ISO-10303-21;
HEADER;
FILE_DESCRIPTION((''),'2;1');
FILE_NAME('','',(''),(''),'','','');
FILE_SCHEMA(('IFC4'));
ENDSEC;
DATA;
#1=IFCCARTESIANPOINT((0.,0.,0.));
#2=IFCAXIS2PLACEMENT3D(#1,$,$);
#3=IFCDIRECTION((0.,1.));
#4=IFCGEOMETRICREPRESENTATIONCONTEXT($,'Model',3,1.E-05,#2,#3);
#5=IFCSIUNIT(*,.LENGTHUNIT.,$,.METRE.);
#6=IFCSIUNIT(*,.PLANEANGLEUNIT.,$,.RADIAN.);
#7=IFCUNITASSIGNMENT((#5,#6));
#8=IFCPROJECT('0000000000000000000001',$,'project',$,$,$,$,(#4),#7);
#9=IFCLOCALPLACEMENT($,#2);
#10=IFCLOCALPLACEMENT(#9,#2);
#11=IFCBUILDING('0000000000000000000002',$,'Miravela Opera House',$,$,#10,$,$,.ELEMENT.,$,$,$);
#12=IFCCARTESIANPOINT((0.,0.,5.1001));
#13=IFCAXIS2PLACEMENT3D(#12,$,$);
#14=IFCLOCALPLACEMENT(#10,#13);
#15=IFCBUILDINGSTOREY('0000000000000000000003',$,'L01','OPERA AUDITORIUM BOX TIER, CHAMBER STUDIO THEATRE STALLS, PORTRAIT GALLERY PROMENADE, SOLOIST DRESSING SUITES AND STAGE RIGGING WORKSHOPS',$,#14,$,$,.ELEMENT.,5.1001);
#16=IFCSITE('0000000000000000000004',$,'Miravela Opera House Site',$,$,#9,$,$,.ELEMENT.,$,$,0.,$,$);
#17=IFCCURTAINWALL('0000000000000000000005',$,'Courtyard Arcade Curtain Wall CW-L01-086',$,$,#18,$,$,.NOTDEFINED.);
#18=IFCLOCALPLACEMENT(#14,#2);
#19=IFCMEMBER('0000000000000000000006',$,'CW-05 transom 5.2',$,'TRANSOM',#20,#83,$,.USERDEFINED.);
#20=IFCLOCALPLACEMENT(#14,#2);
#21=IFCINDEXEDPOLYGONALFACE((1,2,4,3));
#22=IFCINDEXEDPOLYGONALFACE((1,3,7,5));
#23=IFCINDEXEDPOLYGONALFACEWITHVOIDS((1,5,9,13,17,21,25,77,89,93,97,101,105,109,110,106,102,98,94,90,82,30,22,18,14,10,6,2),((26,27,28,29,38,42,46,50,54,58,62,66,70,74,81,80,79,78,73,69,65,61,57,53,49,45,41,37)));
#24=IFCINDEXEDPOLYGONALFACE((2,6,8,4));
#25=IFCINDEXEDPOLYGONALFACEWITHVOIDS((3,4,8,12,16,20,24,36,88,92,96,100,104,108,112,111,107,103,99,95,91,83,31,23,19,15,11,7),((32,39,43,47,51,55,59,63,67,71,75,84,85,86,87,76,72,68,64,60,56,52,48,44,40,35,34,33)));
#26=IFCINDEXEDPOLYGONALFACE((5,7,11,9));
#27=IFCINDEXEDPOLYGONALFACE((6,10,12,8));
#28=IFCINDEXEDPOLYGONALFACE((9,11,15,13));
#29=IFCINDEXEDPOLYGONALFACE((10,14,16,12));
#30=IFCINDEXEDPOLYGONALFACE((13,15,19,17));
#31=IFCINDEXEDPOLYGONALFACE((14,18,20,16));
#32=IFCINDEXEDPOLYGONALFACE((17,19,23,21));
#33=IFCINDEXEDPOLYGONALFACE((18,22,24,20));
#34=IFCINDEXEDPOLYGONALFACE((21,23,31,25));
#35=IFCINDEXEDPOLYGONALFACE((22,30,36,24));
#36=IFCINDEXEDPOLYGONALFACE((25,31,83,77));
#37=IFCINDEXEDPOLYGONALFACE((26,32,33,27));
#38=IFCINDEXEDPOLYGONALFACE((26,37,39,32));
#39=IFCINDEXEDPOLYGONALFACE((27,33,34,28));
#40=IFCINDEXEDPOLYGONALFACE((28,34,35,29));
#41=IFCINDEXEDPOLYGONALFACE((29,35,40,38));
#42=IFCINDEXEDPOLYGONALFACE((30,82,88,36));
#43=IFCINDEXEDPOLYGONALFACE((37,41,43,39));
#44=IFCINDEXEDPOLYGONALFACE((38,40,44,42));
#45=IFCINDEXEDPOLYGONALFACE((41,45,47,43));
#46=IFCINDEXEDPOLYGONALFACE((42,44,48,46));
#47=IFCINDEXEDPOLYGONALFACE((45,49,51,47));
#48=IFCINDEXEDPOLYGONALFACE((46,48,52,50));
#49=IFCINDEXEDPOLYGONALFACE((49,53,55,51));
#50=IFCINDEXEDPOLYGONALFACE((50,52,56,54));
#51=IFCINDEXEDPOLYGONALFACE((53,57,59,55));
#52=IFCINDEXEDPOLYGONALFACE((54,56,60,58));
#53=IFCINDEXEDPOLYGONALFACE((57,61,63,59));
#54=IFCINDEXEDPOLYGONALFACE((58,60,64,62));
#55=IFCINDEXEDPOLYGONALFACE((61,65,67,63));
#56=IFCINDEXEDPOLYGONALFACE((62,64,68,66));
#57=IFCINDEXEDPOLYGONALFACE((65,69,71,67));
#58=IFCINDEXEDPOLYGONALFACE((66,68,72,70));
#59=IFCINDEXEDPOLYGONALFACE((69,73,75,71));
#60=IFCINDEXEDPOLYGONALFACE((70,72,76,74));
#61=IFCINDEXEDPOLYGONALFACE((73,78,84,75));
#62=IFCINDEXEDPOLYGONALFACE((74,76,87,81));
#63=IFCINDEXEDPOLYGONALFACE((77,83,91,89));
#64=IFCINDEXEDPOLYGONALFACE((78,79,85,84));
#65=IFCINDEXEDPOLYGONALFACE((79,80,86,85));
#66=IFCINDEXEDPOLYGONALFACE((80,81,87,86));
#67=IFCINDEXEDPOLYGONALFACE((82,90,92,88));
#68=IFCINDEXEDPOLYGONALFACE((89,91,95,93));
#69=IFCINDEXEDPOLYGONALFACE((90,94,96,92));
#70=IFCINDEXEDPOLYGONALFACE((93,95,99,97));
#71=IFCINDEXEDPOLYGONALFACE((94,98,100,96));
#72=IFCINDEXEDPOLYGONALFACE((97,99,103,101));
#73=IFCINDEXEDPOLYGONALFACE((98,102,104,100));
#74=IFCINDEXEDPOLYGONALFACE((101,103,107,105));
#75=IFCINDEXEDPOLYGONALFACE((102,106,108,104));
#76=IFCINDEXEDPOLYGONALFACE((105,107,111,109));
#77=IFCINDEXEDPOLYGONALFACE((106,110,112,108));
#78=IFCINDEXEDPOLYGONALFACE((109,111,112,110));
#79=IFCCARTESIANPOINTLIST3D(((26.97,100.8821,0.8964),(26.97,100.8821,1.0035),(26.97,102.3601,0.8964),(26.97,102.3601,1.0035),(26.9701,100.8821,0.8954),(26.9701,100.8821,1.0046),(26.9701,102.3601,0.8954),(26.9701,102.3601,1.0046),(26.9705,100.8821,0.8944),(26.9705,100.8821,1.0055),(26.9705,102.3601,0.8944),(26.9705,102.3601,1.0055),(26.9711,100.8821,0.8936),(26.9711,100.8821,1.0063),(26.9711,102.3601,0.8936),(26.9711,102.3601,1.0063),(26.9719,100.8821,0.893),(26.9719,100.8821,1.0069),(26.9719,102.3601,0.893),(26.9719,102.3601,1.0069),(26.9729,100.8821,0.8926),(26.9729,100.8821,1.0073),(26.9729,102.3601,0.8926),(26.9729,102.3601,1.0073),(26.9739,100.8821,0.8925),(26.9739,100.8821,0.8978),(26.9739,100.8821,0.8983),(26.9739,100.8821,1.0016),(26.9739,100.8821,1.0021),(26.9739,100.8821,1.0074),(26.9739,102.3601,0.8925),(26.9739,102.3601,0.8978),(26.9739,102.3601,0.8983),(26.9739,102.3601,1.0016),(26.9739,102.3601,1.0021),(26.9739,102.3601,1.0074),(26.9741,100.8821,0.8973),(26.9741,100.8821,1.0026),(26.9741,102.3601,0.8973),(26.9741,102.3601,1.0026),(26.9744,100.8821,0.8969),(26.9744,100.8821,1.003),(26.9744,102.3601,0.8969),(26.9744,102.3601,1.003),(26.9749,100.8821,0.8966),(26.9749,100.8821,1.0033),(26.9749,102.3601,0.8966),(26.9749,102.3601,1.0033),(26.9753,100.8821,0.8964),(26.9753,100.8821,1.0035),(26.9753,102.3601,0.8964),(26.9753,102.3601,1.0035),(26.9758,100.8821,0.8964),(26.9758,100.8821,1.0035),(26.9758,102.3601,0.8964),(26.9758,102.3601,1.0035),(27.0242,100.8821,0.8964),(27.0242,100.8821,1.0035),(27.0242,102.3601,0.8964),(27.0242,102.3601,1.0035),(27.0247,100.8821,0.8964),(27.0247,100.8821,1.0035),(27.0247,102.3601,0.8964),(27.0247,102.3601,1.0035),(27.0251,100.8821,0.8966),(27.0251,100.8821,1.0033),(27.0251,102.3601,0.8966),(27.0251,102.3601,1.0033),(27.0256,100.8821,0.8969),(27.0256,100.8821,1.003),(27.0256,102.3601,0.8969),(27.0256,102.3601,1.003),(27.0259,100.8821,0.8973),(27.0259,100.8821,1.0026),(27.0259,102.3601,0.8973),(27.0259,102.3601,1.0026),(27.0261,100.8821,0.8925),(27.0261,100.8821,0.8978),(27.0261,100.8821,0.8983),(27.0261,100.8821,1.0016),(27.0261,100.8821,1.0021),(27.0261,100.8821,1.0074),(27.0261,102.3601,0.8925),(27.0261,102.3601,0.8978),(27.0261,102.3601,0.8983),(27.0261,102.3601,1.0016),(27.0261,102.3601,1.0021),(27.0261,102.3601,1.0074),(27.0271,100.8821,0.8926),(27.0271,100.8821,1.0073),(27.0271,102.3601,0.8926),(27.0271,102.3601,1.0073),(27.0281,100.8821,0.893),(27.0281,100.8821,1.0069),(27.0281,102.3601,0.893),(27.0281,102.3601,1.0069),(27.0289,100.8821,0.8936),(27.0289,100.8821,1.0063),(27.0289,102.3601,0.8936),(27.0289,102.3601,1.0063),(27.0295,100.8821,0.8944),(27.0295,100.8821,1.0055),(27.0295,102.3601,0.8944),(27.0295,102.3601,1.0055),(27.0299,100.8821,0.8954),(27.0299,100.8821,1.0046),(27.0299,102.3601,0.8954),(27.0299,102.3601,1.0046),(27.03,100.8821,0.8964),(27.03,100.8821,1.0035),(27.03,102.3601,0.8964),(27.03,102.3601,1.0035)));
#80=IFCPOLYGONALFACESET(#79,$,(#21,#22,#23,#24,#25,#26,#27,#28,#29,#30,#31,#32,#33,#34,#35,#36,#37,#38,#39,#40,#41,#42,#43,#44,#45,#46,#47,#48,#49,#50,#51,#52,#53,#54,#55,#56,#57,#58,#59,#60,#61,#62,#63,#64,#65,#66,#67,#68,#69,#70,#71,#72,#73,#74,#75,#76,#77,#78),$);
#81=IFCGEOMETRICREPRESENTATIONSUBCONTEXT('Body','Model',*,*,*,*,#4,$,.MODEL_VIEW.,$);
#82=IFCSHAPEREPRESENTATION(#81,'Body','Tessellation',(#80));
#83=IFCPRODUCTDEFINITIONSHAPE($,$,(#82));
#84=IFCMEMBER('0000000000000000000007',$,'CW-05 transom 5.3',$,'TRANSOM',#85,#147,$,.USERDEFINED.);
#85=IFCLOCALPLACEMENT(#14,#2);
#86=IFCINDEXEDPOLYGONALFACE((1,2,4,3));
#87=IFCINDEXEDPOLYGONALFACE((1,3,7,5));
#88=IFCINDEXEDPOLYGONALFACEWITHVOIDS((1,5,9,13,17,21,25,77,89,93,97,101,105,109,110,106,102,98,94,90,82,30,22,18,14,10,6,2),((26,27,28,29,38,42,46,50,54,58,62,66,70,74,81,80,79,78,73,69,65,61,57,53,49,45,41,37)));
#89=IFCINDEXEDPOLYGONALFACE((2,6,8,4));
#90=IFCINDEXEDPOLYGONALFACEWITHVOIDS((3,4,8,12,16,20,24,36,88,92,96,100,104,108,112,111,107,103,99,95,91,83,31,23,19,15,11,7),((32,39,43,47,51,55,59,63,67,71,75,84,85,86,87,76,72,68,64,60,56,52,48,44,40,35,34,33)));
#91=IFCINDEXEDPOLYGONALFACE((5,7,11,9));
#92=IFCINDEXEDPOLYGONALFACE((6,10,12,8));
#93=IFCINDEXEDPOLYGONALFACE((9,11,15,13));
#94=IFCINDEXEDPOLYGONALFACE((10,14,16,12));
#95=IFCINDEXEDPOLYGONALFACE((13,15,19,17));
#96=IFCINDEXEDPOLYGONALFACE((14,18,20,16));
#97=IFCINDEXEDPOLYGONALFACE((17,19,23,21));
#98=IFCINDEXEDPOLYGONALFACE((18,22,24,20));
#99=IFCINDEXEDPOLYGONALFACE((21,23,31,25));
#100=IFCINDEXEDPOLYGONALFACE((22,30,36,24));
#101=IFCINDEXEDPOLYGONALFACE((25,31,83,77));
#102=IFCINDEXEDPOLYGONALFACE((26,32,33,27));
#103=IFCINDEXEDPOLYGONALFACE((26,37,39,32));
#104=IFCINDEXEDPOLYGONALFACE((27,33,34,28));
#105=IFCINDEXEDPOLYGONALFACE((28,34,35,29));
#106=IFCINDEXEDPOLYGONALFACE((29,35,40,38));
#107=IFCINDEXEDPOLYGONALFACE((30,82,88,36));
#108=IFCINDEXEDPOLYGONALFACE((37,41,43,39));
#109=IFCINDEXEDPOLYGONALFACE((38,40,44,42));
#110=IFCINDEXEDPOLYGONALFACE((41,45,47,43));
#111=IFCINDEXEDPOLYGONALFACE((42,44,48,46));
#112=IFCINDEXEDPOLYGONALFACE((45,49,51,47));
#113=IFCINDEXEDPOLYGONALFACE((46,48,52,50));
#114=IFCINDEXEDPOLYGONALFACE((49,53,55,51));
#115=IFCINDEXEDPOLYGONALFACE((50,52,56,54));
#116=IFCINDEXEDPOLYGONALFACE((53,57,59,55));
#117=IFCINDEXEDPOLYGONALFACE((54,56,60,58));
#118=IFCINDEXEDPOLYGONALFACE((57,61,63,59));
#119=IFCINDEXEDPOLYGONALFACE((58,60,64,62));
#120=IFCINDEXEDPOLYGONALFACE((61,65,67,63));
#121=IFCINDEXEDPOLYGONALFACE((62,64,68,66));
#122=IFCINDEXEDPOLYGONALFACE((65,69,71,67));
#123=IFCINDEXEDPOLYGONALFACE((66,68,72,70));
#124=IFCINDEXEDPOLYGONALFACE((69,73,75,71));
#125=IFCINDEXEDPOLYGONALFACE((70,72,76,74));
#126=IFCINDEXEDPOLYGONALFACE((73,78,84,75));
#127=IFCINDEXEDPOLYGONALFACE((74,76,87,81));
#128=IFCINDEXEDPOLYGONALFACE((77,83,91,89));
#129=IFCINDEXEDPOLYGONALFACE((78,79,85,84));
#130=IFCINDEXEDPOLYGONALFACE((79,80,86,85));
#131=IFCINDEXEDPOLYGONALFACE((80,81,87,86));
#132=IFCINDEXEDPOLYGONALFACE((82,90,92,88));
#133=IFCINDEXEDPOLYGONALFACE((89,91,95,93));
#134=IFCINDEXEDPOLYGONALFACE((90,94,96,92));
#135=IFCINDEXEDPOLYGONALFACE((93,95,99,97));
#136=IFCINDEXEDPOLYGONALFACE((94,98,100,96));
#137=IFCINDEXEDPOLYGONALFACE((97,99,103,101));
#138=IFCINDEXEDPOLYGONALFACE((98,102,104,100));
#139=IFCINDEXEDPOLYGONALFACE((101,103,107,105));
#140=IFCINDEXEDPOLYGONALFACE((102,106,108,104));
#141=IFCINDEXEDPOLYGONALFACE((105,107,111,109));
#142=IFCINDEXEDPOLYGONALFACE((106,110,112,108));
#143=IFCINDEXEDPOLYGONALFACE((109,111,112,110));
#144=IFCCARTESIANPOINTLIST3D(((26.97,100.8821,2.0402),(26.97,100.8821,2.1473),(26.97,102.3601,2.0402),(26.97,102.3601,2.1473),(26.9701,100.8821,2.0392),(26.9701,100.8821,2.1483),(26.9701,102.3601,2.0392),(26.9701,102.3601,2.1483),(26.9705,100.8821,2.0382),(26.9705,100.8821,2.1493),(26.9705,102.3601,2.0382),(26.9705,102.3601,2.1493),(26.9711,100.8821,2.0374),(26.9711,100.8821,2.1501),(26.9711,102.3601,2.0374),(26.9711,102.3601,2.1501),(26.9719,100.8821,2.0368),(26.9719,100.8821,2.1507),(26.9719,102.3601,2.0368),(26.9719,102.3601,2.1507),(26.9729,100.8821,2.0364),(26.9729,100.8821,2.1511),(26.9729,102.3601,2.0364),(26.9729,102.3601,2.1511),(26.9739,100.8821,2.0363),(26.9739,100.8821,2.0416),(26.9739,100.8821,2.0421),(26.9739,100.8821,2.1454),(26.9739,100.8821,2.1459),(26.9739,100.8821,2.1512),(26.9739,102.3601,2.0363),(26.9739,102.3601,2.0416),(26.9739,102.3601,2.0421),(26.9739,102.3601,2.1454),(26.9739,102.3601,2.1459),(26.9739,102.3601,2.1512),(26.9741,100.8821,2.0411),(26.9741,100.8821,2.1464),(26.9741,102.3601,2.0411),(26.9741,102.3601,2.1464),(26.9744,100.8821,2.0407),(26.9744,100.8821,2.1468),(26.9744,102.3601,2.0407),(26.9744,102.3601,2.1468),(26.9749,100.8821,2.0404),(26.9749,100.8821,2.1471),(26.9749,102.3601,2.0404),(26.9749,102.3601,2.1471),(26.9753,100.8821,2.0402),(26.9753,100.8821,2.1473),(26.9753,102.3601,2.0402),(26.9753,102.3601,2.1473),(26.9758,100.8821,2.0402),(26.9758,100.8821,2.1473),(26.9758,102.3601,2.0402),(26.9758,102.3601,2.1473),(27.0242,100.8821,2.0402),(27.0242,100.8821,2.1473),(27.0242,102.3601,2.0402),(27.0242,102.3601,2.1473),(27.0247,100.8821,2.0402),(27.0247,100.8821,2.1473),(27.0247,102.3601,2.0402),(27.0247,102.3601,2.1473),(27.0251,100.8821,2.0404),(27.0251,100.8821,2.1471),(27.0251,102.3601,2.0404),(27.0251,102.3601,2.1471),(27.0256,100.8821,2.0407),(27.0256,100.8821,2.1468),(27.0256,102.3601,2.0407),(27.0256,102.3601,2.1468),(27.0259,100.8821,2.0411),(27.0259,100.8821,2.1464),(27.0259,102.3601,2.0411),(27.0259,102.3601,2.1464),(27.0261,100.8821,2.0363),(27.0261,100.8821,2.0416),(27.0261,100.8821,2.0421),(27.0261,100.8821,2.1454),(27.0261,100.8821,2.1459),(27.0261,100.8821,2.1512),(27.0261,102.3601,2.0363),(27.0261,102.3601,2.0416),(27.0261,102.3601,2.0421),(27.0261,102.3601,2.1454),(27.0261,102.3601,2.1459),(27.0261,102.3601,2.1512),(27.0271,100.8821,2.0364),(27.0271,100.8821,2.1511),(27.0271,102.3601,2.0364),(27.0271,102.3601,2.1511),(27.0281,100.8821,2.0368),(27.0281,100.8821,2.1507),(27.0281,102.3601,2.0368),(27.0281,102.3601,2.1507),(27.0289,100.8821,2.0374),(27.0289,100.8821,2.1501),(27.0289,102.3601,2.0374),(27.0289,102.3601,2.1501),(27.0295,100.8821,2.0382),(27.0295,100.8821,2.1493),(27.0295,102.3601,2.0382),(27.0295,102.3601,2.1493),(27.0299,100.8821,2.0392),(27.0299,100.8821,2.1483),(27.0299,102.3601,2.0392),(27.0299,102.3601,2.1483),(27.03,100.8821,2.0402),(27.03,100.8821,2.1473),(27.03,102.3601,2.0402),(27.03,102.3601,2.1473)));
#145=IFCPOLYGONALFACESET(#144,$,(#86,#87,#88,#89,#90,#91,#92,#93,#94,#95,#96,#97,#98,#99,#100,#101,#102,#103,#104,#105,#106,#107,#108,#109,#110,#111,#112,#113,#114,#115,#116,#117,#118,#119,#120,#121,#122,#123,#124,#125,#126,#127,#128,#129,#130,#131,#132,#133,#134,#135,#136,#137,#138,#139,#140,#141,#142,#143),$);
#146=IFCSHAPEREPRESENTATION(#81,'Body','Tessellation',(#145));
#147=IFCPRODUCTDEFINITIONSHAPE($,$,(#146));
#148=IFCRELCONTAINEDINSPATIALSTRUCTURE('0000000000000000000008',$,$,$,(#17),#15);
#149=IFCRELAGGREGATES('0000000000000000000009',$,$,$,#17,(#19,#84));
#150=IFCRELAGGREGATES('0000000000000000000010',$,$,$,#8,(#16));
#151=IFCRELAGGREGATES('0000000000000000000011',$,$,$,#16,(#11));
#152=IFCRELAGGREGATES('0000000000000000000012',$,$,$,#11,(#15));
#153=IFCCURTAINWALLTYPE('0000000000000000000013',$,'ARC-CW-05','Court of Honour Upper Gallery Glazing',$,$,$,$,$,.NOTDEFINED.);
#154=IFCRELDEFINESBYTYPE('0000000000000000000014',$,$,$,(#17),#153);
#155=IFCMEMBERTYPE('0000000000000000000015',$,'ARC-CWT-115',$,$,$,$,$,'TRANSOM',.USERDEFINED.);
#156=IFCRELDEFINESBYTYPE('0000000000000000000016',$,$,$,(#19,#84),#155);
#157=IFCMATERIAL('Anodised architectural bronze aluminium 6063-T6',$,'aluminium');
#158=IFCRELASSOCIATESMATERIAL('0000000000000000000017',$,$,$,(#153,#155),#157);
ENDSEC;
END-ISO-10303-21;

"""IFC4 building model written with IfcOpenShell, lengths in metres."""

from ifc_helpers import new_model, si_unit, direction, frame, origin, origin_2d, place, context, subcontext, project, spatial, hollow_rectangle, extrude, material, material_profile, profile_set, type_object, element, aggregate, save


model = new_model("IFC4")

# Units and contexts
model_context = context("Model", 3, precision=1e-05, world=origin(), true_north=direction((0.0, 1.0)))
body_context = subcontext(model_context, "Body", "Model", "MODEL_VIEW")
ifc_project = project(units=[si_unit("LENGTHUNIT", "METRE"), si_unit("PLANEANGLEUNIT", "RADIAN")], contexts=[model_context])

# Site, building, storey
site_placement = place(None, origin())
site = spatial("IfcSite", under=ifc_project, at=site_placement, Name="Miravela Opera House Site", CompositionType="ELEMENT", RefElevation=0.0)
building_placement = place(site_placement, origin())
building = spatial("IfcBuilding", under=site, at=building_placement, Name="Miravela Opera House", CompositionType="ELEMENT")
storey_placement = place(building_placement, frame((0.0, 0.0, 5.1001)))
storey = spatial("IfcBuildingStorey", under=building, at=storey_placement, Name="L01", Description="OPERA AUDITORIUM BOX TIER, CHAMBER STUDIO THEATRE STALLS, PORTRAIT GALLERY PROMENADE, SOLOIST DRESSING SUITES AND STAGE RIGGING WORKSHOPS", CompositionType="ELEMENT", Elevation=5.1001)

# Shared definitions
ifc_material_1 = material(Name="Anodised architectural bronze aluminium 6063-T6", Category="aluminium")
curtain_wall_type = type_object("IfcCurtainWallType", Name="ARC-CW-05", Description="Court of Honour Upper Gallery Glazing", PredefinedType="NOTDEFINED", material=ifc_material_1)

# Curtain wall
curtain_wall_1_placement = place(storey_placement, origin())
curtain_wall_1 = element("IfcCurtainWall", 1, at=curtain_wall_1_placement, inside=storey, type_object=curtain_wall_type, Name="Courtyard Arcade Curtain Wall CW-L01-086", PredefinedType="NOTDEFINED")

# Members
ifc_material_profile_1 = material_profile(ifc_material_1, hollow_rectangle(XDim=0.0601, YDim=0.115, WallThickness=0.0039, InnerFilletRadius=0.002, OuterFilletRadius=0.0039, at=origin_2d()), Name="CWT-60X115")
ifc_profile_set_1 = profile_set([ifc_material_profile_1])
member_type_1 = type_object("IfcMemberType", Name="ARC-CWT-115", ElementType="TRANSOM", PredefinedType="USERDEFINED", material=ifc_profile_set_1)
member_1_placement = place(storey_placement, frame((27.0, 100.8821, 0.95), z_axis=(0.0, 1.0, 0.0), x_axis=(-1.0, 0.0, 0.0)))
member_1 = element("IfcMember", 2, at=member_1_placement, type_object=member_type_1, Name="CW-05 transom 5.2", ObjectType="TRANSOM", PredefinedType="USERDEFINED", context=body_context, shape_type="SweptSolid", body=[
    extrude(hollow_rectangle(XDim=0.0601, YDim=0.115, WallThickness=0.0039, InnerFilletRadius=0.002, OuterFilletRadius=0.0039, at=origin_2d()), origin(), (0.0, 0.0, 1.0), 1.478),
])
member_2_placement = place(storey_placement, frame((27.0, 100.8821, 2.0938), z_axis=(0.0, 1.0, 0.0), x_axis=(-1.0, 0.0, 0.0)))
member_2 = element("IfcMember", 3, at=member_2_placement, type_object=member_type_1, Name="CW-05 transom 5.3", ObjectType="TRANSOM", PredefinedType="USERDEFINED", context=body_context, shape_type="SweptSolid", body=[
    extrude(hollow_rectangle(XDim=0.0601, YDim=0.115, WallThickness=0.0039, InnerFilletRadius=0.002, OuterFilletRadius=0.0039, at=origin_2d()), origin(), (0.0, 0.0, 1.0), 1.478),
])

aggregate(curtain_wall_1, [member_1, member_2])

save(model, "model.ifc")
